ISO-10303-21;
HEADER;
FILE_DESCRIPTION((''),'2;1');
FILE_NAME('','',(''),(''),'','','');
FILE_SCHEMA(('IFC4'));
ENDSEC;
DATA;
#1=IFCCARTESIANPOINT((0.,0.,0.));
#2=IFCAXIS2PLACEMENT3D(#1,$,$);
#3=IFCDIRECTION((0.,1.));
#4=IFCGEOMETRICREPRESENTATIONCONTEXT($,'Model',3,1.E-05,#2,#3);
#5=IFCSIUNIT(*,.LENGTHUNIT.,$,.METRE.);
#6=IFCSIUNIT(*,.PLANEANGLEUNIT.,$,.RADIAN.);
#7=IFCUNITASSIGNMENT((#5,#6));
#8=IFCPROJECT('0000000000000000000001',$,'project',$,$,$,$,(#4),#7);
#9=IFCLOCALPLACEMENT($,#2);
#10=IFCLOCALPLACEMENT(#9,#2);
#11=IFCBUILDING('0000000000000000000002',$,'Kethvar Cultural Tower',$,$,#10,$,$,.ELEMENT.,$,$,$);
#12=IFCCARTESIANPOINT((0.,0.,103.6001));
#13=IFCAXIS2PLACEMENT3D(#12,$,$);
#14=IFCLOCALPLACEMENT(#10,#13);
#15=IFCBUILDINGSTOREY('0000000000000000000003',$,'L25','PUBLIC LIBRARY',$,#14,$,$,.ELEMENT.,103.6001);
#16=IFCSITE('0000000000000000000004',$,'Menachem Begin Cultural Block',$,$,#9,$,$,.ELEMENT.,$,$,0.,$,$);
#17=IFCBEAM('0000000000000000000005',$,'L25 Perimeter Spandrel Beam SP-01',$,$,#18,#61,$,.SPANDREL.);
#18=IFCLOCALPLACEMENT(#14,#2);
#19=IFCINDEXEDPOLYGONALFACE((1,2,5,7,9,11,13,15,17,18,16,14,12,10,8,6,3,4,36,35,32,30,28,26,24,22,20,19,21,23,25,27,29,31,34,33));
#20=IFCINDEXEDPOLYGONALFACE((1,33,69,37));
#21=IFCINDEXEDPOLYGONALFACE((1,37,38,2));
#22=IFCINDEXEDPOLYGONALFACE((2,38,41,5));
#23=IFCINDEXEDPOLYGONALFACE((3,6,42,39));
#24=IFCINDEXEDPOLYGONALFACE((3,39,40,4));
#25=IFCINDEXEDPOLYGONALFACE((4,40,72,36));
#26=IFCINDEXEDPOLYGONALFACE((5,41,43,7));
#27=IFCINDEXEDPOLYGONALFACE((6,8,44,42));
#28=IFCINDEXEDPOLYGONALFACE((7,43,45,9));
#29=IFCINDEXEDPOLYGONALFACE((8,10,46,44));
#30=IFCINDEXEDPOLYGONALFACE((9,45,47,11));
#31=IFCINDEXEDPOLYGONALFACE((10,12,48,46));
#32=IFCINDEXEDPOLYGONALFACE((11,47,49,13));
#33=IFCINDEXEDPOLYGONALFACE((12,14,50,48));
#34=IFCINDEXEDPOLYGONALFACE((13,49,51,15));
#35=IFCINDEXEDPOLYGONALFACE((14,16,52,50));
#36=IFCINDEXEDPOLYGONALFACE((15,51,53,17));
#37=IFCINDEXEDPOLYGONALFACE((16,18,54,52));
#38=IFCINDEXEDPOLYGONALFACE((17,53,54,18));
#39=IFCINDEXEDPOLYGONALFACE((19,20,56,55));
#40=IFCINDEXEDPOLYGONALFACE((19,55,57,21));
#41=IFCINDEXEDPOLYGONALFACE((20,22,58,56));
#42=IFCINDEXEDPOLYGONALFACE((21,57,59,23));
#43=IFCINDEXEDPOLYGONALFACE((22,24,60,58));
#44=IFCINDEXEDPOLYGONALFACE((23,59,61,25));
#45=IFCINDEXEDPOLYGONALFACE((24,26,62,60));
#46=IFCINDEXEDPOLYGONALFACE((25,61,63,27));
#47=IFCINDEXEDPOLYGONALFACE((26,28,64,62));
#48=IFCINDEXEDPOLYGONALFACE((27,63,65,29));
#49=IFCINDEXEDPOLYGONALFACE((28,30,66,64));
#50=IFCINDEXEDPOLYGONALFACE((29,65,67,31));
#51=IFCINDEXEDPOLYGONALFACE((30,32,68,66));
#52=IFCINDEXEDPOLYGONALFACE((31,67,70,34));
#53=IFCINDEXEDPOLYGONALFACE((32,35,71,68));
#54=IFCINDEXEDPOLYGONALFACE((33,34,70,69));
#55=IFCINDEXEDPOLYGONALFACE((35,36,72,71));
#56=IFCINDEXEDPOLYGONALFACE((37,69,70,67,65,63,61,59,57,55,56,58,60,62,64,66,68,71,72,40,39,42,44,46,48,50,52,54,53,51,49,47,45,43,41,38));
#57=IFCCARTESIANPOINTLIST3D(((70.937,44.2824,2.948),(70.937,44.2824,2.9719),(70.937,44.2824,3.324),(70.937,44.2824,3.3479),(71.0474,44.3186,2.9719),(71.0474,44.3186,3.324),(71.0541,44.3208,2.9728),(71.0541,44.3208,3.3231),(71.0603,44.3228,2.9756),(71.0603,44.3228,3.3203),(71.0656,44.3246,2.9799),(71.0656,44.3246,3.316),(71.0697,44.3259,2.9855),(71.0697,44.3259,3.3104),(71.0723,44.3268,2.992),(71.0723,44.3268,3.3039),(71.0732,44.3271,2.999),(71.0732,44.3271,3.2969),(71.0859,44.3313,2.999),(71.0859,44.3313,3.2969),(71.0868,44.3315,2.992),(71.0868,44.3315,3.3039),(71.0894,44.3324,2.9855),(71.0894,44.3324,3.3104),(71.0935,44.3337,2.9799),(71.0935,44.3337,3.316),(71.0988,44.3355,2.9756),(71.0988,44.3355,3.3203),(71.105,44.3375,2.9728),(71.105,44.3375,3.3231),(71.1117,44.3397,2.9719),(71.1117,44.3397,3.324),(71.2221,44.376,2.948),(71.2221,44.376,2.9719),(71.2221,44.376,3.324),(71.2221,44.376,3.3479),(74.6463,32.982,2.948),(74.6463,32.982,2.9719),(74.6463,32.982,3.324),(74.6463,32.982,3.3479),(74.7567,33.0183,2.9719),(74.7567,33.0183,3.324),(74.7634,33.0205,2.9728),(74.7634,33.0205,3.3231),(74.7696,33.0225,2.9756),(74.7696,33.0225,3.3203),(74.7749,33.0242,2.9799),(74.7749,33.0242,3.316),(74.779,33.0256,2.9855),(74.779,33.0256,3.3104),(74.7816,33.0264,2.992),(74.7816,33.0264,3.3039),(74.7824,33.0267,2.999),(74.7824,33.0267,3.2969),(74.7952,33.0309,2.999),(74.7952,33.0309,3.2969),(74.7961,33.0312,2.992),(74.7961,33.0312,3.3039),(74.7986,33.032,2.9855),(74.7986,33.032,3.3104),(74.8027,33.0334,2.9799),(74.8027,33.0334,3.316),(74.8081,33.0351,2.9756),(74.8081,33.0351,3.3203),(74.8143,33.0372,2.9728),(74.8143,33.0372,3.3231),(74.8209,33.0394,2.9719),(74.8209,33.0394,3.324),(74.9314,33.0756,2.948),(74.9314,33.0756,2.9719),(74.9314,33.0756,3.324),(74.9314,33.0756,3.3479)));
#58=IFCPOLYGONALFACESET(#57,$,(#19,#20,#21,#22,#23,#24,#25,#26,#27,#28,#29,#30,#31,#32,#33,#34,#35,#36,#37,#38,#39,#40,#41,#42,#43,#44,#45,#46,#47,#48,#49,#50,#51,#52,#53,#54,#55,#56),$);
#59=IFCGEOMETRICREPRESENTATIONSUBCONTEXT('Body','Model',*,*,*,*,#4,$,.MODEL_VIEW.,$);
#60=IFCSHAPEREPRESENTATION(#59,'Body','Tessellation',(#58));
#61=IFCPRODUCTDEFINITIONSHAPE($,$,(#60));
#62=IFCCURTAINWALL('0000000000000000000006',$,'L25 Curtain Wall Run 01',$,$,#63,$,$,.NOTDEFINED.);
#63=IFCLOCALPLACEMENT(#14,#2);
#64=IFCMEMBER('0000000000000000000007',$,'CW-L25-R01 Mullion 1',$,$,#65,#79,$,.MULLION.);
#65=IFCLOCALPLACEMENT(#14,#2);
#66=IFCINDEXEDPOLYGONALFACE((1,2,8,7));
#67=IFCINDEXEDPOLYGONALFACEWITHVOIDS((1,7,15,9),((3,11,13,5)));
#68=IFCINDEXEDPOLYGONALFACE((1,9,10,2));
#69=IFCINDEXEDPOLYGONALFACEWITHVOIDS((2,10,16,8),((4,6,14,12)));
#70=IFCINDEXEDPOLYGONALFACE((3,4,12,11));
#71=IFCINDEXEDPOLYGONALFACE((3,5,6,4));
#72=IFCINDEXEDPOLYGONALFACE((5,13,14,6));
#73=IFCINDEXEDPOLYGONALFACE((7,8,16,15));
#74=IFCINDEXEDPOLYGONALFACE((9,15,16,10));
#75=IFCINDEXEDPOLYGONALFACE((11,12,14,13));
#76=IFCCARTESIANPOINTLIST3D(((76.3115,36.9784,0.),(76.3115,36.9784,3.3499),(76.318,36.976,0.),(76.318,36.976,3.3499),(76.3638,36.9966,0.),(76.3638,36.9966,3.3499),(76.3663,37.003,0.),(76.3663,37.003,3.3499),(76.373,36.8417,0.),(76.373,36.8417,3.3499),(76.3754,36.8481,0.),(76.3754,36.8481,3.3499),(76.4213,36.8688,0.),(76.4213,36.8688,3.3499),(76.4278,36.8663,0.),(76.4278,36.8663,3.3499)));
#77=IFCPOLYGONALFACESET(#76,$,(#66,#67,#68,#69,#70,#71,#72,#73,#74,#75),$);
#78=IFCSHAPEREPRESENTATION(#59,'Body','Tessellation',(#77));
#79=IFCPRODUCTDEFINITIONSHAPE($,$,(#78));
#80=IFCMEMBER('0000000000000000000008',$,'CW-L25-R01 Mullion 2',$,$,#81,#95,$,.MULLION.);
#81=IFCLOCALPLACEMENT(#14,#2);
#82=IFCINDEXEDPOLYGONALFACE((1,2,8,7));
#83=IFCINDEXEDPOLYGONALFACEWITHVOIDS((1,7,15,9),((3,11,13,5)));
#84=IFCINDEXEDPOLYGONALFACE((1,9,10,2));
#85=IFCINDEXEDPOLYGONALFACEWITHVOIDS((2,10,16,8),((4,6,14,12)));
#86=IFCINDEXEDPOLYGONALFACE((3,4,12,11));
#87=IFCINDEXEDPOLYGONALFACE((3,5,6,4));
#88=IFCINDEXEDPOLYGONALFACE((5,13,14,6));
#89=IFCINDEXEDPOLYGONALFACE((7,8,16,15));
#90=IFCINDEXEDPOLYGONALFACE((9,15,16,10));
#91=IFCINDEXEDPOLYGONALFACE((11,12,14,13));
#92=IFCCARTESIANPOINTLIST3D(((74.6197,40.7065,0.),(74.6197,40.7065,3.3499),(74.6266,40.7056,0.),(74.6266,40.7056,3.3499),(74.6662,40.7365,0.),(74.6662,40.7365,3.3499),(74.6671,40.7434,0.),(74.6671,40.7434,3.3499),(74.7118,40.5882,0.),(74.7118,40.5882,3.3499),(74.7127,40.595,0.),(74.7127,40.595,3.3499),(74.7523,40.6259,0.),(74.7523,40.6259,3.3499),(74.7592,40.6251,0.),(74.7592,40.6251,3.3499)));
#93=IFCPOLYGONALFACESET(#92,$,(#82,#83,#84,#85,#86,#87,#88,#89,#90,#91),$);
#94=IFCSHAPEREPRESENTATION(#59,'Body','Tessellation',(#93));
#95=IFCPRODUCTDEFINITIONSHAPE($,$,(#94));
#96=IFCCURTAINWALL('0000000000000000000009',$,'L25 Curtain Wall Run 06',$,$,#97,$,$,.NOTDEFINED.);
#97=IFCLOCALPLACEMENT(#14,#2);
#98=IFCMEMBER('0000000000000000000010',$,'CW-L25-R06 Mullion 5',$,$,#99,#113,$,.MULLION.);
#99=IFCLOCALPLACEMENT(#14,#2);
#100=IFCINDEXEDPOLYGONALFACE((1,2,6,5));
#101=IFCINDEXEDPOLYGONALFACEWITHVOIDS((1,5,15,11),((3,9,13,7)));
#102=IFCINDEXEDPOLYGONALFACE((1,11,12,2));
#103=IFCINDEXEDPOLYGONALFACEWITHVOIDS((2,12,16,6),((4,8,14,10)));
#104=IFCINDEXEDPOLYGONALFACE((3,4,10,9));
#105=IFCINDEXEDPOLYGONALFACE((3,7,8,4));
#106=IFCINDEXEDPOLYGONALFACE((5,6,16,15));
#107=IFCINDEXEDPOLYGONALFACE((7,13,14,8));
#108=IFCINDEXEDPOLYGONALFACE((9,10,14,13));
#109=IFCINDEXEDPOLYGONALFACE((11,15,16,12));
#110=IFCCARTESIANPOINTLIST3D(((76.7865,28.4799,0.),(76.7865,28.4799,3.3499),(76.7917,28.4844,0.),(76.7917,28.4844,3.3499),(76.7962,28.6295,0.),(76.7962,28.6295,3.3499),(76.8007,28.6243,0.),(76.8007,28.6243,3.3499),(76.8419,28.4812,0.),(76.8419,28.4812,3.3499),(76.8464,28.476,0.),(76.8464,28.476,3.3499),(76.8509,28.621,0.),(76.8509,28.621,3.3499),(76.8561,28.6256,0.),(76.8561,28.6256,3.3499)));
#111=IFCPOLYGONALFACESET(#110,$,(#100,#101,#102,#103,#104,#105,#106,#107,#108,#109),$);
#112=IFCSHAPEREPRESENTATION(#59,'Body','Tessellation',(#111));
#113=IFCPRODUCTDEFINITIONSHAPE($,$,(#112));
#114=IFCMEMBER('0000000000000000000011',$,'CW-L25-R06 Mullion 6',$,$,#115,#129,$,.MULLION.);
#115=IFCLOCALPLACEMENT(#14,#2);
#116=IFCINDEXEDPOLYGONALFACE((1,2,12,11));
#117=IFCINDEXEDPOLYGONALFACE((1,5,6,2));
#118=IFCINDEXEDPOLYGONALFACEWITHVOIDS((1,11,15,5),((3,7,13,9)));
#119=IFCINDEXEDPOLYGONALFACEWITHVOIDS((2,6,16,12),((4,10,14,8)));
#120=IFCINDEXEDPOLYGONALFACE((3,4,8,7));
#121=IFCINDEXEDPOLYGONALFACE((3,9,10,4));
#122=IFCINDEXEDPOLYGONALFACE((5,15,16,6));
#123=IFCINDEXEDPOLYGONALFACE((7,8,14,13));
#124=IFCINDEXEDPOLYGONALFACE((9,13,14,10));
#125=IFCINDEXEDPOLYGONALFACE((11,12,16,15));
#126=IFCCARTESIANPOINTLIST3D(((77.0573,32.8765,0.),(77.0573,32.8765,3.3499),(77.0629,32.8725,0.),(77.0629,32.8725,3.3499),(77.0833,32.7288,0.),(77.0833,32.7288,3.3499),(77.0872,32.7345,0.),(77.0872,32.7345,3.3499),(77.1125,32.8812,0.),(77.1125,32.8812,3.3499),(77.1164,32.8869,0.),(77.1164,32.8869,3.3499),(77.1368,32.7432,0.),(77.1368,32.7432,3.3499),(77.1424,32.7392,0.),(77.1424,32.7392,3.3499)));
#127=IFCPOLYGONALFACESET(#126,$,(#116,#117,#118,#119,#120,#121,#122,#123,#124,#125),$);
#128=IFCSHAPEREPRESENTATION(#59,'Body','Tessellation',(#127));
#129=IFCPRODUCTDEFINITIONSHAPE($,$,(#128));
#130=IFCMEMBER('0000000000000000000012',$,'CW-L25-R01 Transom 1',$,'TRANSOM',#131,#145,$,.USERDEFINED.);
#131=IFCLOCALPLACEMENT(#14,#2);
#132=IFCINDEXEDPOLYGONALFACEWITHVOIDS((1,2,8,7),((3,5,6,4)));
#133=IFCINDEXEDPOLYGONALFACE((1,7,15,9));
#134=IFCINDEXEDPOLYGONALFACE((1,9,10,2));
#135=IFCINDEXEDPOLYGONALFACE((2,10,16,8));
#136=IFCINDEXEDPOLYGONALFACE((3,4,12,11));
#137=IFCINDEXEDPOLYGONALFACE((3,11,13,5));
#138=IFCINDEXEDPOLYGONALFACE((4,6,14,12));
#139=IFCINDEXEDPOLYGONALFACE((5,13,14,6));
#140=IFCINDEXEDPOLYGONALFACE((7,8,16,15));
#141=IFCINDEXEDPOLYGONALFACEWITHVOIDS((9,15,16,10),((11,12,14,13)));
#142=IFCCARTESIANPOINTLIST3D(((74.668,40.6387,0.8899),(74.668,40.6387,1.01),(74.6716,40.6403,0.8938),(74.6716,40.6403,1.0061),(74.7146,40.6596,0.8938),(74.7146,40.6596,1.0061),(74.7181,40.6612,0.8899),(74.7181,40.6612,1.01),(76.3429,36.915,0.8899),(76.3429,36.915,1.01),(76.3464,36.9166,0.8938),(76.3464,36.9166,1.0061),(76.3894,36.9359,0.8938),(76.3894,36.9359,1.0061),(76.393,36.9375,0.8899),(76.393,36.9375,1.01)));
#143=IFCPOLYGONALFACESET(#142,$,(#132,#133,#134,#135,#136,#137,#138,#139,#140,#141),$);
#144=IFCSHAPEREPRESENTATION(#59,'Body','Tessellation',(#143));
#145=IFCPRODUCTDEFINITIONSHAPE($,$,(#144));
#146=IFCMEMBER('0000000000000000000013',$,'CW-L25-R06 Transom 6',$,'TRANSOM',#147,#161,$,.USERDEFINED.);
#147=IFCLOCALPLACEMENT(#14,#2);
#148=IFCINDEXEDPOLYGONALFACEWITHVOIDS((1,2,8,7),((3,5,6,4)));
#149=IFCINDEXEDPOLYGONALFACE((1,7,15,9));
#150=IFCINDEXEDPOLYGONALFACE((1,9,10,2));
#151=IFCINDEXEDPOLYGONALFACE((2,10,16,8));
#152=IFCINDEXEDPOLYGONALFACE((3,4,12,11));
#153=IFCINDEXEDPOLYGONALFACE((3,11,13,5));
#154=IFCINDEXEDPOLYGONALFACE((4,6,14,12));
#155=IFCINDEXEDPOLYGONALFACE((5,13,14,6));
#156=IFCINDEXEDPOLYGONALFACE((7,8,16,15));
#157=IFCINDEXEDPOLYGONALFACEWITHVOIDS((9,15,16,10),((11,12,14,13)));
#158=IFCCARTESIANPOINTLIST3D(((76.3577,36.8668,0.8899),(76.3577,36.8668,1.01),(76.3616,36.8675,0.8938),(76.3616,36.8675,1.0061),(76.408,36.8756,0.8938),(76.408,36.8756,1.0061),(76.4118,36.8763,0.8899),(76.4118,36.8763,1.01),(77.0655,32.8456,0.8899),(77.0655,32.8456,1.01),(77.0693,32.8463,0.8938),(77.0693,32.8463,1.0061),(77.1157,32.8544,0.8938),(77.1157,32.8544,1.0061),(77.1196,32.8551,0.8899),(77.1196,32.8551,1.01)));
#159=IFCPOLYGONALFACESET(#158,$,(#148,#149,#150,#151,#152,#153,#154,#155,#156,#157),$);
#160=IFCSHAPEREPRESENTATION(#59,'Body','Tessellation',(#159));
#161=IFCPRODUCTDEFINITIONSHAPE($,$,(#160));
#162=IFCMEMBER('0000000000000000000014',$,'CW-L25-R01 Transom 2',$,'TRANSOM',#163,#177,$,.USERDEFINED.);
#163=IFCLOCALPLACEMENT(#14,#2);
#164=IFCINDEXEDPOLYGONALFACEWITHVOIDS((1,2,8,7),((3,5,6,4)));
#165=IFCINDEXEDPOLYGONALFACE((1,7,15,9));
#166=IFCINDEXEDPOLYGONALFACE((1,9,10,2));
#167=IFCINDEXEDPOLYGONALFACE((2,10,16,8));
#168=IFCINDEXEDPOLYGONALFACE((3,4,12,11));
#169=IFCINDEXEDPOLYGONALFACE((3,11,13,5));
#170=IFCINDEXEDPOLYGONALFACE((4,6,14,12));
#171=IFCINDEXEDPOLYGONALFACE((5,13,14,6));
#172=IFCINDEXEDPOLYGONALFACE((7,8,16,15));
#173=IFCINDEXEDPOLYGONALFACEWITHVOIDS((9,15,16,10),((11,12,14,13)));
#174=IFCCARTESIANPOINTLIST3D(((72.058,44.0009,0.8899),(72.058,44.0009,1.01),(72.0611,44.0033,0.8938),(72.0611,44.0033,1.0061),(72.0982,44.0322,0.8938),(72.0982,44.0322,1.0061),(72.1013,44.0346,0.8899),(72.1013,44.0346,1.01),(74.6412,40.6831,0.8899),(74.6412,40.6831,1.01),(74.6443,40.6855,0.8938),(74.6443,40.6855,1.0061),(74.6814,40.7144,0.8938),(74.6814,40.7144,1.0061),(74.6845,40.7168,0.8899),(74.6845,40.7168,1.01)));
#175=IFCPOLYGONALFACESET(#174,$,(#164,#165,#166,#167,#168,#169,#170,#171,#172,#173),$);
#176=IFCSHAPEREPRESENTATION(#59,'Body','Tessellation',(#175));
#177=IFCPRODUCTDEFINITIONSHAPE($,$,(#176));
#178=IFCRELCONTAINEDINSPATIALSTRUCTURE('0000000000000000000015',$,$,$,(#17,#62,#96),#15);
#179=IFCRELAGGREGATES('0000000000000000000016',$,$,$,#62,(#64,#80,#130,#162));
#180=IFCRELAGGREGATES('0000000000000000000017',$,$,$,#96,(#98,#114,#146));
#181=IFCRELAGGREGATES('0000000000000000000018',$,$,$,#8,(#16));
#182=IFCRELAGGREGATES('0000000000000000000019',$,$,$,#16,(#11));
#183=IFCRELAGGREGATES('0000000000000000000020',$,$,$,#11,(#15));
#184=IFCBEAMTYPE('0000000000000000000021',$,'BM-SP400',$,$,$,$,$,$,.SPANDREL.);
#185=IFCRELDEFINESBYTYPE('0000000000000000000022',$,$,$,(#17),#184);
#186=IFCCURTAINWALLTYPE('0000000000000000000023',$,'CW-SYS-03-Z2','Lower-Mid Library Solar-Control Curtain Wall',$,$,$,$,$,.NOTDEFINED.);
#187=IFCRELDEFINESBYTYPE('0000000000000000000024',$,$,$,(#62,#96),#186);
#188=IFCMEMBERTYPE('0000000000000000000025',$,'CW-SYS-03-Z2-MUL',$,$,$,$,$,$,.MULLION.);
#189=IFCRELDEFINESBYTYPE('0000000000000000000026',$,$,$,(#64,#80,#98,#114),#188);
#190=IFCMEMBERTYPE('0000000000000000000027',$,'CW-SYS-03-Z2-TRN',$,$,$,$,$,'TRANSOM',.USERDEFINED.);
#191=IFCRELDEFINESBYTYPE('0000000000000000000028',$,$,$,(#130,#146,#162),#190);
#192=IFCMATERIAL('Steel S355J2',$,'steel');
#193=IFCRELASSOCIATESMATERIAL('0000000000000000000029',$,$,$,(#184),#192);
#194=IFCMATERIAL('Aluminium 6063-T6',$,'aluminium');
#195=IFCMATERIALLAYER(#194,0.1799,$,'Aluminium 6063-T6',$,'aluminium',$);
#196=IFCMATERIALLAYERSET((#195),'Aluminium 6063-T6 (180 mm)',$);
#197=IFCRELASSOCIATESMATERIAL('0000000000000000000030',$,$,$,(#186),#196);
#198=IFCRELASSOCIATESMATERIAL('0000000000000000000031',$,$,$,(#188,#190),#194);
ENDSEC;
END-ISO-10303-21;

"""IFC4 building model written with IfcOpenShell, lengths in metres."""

from ifc_helpers import new_model, si_unit, direction, frame, origin, origin_2d, place, context, subcontext, project, spatial, hollow_rectangle, i_section, extrude, source, transform, mapped, material, layer, layer_set, material_profile, profile_set, type_object, element, aggregate, save


model = new_model("IFC4")

# Units and contexts
model_context = context("Model", 3, precision=1e-05, world=origin(), true_north=direction((0.0, 1.0)))
body_context = subcontext(model_context, "Body", "Model", "MODEL_VIEW")
ifc_project = project(units=[si_unit("LENGTHUNIT", "METRE"), si_unit("PLANEANGLEUNIT", "RADIAN")], contexts=[model_context])

# Site, building, storey
site_placement = place(None, origin())
site = spatial("IfcSite", under=ifc_project, at=site_placement, Name="Menachem Begin Cultural Block", CompositionType="ELEMENT", RefElevation=0.0)
building_placement = place(site_placement, origin())
building = spatial("IfcBuilding", under=site, at=building_placement, Name="Kethvar Cultural Tower", CompositionType="ELEMENT")
storey_placement = place(building_placement, frame((0.0, 0.0, 103.6001)))
storey = spatial("IfcBuildingStorey", under=building, at=storey_placement, Name="L25", Description="PUBLIC LIBRARY", CompositionType="ELEMENT", Elevation=103.6001)

# Beam
ifc_material_1 = material(Name="Steel S355J2", Category="steel")
ifc_material_profile_1 = material_profile(ifc_material_1, i_section(OverallWidth=0.3, OverallDepth=0.3999, WebThickness=0.0134, FlangeThickness=0.0239, FilletRadius=0.0271, at=origin_2d()), Name="Steel S355J2 — HEB400")
ifc_profile_set_1 = profile_set([ifc_material_profile_1], Name="Steel S355J2 — HEB400")
beam_type_1 = type_object("IfcBeamType", Name="BM-SP400", PredefinedType="SPANDREL", material=ifc_profile_set_1)
shared_shape_1 = source(origin(), body_context, "Body", "SweptSolid", [
    extrude(i_section(OverallWidth=0.3, OverallDepth=0.3999, WebThickness=0.0134, FlangeThickness=0.0239, FilletRadius=0.0271, at=origin_2d()), origin(), (0.0, 0.0, 1.0), 11.8936),
])
beam_1_placement = place(storey_placement, frame((74.7888, 33.0288, 3.1479), z_axis=(-0.311871, 0.950125, 0.0), x_axis=(-0.950125, -0.311871, 0.0)))
element("IfcBeam", 1, at=beam_1_placement, inside=storey, type_object=beam_type_1, Name="L25 Perimeter Spandrel Beam SP-01", PredefinedType="SPANDREL", context=body_context, shape_type="MappedRepresentation", body=[
    mapped(shared_shape_1, transform((0.0, 0.0, 0.0), scale=1.0)),
])

# Curtain walls, members
ifc_material_2 = material(Name="Aluminium 6063-T6", Category="aluminium")
ifc_layer_1 = layer(ifc_material_2, 0.1799, Name="Aluminium 6063-T6", Category="aluminium")
ifc_layer_set_1 = layer_set([ifc_layer_1], Name="Aluminium 6063-T6 (180 mm)")
curtain_wall_type = type_object("IfcCurtainWallType", Name="CW-SYS-03-Z2", Description="Lower-Mid Library Solar-Control Curtain Wall", PredefinedType="NOTDEFINED", material=ifc_layer_set_1)
curtain_wall_1_placement = place(storey_placement, origin())
curtain_wall_1 = element("IfcCurtainWall", 2, at=curtain_wall_1_placement, inside=storey, type_object=curtain_wall_type, Name="L25 Curtain Wall Run 01", PredefinedType="NOTDEFINED")
ifc_material_profile_2 = material_profile(ifc_material_2, hollow_rectangle(XDim=0.0601, YDim=0.1499, WallThickness=0.0049, at=origin_2d()), Name="Aluminium 6063-T6 — RHS150x60x5")
ifc_profile_set_2 = profile_set([ifc_material_profile_2], Name="Aluminium 6063-T6 — RHS150x60x5")
member_type_1 = type_object("IfcMemberType", Name="CW-SYS-03-Z2-MUL", PredefinedType="MULLION", material=ifc_profile_set_2)
shared_shape_2 = source(origin(), body_context, "Body", "SweptSolid", [
    extrude(hollow_rectangle(XDim=0.0601, YDim=0.1499, WallThickness=0.0049, at=origin_2d()), origin(), (0.0, 0.0, 1.0), 3.3499),
])
member_1_placement = place(storey_placement, frame((76.3696, 36.9224, 0.0), z_axis=(0.0, 0.0, 1.0), x_axis=(-0.911998, -0.410194, 0.0)))
member_1 = element("IfcMember", 3, at=member_1_placement, type_object=member_type_1, Name="CW-L25-R01 Mullion 1", PredefinedType="MULLION", context=body_context, shape_type="MappedRepresentation", body=[
    mapped(shared_shape_2, transform((0.0, 0.0, 0.0), scale=1.0)),
])
member_2_placement = place(storey_placement, frame((74.6895, 40.6658, 0.0), z_axis=(0.0, 0.0, 1.0), x_axis=(-0.78903, -0.614354, 0.0)))
member_2 = element("IfcMember", 4, at=member_2_placement, type_object=member_type_1, Name="CW-L25-R01 Mullion 2", PredefinedType="MULLION", context=body_context, shape_type="MappedRepresentation", body=[
    mapped(shared_shape_2, transform((0.0, 0.0, 0.0), scale=1.0)),
])
curtain_wall_2_placement = place(storey_placement, origin())
curtain_wall_2 = element("IfcCurtainWall", 5, at=curtain_wall_2_placement, inside=storey, type_object=curtain_wall_type, Name="L25 Curtain Wall Run 06", PredefinedType="NOTDEFINED")
member_3_placement = place(storey_placement, frame((76.8213, 28.5527, 0.0), z_axis=(0.0, 0.0, 1.0), x_axis=(-0.997911, 0.064602, 0.0)))
member_3 = element("IfcMember", 6, at=member_3_placement, type_object=member_type_1, Name="CW-L25-R06 Mullion 5", PredefinedType="MULLION", context=body_context, shape_type="MappedRepresentation", body=[
    mapped(shared_shape_2, transform((0.0, 0.0, 0.0), scale=1.0)),
])
member_4_placement = place(storey_placement, frame((77.0999, 32.8079, 0.0), z_axis=(0.0, 0.0, 1.0), x_axis=(-0.984862, -0.173339, 0.0)))
member_4 = element("IfcMember", 7, at=member_4_placement, type_object=member_type_1, Name="CW-L25-R06 Mullion 6", PredefinedType="MULLION", context=body_context, shape_type="MappedRepresentation", body=[
    mapped(shared_shape_2, transform((0.0, 0.0, 0.0), scale=1.0)),
])

# Members
ifc_material_profile_3 = material_profile(ifc_material_2, hollow_rectangle(XDim=0.0549, YDim=0.1201, WallThickness=0.0039, at=origin_2d()), Name="Aluminium 6063-T6 — RHS120x55x4")
ifc_profile_set_3 = profile_set([ifc_material_profile_3], Name="Aluminium 6063-T6 — RHS120x55x4")
member_type_2 = type_object("IfcMemberType", Name="CW-SYS-03-Z2-TRN", ElementType="TRANSOM", PredefinedType="USERDEFINED", material=ifc_profile_set_3)
shared_shape_3 = source(origin(), body_context, "Body", "SweptSolid", [
    extrude(hollow_rectangle(XDim=0.0549, YDim=0.1201, WallThickness=0.0039, at=origin_2d()), origin(), (0.0, 0.0, 1.0), 4.083),
])
member_5_placement = place(storey_placement, frame((76.3679, 36.9263, 0.95), z_axis=(-0.410196, 0.911998, 0.0), x_axis=(-0.911998, -0.410196, 0.0)))
member_5 = element("IfcMember", 8, at=member_5_placement, type_object=member_type_2, Name="CW-L25-R01 Transom 1", ObjectType="TRANSOM", PredefinedType="USERDEFINED", context=body_context, shape_type="MappedRepresentation", body=[
    mapped(shared_shape_3, transform((0.0, 0.0, 0.0), scale=1.0)),
])
member_6_placement = place(storey_placement, frame((77.0925, 32.8503, 0.95), z_axis=(-0.173342, 0.984862, 0.0), x_axis=(-0.984862, -0.173342, 0.0)))
member_6 = element("IfcMember", 9, at=member_6_placement, type_object=member_type_2, Name="CW-L25-R06 Transom 6", ObjectType="TRANSOM", PredefinedType="USERDEFINED", context=body_context, shape_type="MappedRepresentation", body=[
    mapped(shared_shape_3, transform((0.0, 0.0, 0.0), scale=1.0)),
])
shared_shape_4 = source(origin(), body_context, "Body", "SweptSolid", [
    extrude(hollow_rectangle(XDim=0.0549, YDim=0.1201, WallThickness=0.0039, at=origin_2d()), origin(), (0.0, 0.0, 1.0), 4.2048),
])
member_7_placement = place(storey_placement, frame((74.6628, 40.7, 0.95), z_axis=(-0.614338, 0.789043, 0.0), x_axis=(-0.789043, -0.614338, 0.0)))
member_7 = element("IfcMember", 10, at=member_7_placement, type_object=member_type_2, Name="CW-L25-R01 Transom 2", ObjectType="TRANSOM", PredefinedType="USERDEFINED", context=body_context, shape_type="MappedRepresentation", body=[
    mapped(shared_shape_4, transform((0.0, 0.0, 0.0), scale=1.0)),
])

aggregate(curtain_wall_1, [member_1, member_2, member_5, member_7])
aggregate(curtain_wall_2, [member_3, member_4, member_6])

save(model, "model.ifc")
